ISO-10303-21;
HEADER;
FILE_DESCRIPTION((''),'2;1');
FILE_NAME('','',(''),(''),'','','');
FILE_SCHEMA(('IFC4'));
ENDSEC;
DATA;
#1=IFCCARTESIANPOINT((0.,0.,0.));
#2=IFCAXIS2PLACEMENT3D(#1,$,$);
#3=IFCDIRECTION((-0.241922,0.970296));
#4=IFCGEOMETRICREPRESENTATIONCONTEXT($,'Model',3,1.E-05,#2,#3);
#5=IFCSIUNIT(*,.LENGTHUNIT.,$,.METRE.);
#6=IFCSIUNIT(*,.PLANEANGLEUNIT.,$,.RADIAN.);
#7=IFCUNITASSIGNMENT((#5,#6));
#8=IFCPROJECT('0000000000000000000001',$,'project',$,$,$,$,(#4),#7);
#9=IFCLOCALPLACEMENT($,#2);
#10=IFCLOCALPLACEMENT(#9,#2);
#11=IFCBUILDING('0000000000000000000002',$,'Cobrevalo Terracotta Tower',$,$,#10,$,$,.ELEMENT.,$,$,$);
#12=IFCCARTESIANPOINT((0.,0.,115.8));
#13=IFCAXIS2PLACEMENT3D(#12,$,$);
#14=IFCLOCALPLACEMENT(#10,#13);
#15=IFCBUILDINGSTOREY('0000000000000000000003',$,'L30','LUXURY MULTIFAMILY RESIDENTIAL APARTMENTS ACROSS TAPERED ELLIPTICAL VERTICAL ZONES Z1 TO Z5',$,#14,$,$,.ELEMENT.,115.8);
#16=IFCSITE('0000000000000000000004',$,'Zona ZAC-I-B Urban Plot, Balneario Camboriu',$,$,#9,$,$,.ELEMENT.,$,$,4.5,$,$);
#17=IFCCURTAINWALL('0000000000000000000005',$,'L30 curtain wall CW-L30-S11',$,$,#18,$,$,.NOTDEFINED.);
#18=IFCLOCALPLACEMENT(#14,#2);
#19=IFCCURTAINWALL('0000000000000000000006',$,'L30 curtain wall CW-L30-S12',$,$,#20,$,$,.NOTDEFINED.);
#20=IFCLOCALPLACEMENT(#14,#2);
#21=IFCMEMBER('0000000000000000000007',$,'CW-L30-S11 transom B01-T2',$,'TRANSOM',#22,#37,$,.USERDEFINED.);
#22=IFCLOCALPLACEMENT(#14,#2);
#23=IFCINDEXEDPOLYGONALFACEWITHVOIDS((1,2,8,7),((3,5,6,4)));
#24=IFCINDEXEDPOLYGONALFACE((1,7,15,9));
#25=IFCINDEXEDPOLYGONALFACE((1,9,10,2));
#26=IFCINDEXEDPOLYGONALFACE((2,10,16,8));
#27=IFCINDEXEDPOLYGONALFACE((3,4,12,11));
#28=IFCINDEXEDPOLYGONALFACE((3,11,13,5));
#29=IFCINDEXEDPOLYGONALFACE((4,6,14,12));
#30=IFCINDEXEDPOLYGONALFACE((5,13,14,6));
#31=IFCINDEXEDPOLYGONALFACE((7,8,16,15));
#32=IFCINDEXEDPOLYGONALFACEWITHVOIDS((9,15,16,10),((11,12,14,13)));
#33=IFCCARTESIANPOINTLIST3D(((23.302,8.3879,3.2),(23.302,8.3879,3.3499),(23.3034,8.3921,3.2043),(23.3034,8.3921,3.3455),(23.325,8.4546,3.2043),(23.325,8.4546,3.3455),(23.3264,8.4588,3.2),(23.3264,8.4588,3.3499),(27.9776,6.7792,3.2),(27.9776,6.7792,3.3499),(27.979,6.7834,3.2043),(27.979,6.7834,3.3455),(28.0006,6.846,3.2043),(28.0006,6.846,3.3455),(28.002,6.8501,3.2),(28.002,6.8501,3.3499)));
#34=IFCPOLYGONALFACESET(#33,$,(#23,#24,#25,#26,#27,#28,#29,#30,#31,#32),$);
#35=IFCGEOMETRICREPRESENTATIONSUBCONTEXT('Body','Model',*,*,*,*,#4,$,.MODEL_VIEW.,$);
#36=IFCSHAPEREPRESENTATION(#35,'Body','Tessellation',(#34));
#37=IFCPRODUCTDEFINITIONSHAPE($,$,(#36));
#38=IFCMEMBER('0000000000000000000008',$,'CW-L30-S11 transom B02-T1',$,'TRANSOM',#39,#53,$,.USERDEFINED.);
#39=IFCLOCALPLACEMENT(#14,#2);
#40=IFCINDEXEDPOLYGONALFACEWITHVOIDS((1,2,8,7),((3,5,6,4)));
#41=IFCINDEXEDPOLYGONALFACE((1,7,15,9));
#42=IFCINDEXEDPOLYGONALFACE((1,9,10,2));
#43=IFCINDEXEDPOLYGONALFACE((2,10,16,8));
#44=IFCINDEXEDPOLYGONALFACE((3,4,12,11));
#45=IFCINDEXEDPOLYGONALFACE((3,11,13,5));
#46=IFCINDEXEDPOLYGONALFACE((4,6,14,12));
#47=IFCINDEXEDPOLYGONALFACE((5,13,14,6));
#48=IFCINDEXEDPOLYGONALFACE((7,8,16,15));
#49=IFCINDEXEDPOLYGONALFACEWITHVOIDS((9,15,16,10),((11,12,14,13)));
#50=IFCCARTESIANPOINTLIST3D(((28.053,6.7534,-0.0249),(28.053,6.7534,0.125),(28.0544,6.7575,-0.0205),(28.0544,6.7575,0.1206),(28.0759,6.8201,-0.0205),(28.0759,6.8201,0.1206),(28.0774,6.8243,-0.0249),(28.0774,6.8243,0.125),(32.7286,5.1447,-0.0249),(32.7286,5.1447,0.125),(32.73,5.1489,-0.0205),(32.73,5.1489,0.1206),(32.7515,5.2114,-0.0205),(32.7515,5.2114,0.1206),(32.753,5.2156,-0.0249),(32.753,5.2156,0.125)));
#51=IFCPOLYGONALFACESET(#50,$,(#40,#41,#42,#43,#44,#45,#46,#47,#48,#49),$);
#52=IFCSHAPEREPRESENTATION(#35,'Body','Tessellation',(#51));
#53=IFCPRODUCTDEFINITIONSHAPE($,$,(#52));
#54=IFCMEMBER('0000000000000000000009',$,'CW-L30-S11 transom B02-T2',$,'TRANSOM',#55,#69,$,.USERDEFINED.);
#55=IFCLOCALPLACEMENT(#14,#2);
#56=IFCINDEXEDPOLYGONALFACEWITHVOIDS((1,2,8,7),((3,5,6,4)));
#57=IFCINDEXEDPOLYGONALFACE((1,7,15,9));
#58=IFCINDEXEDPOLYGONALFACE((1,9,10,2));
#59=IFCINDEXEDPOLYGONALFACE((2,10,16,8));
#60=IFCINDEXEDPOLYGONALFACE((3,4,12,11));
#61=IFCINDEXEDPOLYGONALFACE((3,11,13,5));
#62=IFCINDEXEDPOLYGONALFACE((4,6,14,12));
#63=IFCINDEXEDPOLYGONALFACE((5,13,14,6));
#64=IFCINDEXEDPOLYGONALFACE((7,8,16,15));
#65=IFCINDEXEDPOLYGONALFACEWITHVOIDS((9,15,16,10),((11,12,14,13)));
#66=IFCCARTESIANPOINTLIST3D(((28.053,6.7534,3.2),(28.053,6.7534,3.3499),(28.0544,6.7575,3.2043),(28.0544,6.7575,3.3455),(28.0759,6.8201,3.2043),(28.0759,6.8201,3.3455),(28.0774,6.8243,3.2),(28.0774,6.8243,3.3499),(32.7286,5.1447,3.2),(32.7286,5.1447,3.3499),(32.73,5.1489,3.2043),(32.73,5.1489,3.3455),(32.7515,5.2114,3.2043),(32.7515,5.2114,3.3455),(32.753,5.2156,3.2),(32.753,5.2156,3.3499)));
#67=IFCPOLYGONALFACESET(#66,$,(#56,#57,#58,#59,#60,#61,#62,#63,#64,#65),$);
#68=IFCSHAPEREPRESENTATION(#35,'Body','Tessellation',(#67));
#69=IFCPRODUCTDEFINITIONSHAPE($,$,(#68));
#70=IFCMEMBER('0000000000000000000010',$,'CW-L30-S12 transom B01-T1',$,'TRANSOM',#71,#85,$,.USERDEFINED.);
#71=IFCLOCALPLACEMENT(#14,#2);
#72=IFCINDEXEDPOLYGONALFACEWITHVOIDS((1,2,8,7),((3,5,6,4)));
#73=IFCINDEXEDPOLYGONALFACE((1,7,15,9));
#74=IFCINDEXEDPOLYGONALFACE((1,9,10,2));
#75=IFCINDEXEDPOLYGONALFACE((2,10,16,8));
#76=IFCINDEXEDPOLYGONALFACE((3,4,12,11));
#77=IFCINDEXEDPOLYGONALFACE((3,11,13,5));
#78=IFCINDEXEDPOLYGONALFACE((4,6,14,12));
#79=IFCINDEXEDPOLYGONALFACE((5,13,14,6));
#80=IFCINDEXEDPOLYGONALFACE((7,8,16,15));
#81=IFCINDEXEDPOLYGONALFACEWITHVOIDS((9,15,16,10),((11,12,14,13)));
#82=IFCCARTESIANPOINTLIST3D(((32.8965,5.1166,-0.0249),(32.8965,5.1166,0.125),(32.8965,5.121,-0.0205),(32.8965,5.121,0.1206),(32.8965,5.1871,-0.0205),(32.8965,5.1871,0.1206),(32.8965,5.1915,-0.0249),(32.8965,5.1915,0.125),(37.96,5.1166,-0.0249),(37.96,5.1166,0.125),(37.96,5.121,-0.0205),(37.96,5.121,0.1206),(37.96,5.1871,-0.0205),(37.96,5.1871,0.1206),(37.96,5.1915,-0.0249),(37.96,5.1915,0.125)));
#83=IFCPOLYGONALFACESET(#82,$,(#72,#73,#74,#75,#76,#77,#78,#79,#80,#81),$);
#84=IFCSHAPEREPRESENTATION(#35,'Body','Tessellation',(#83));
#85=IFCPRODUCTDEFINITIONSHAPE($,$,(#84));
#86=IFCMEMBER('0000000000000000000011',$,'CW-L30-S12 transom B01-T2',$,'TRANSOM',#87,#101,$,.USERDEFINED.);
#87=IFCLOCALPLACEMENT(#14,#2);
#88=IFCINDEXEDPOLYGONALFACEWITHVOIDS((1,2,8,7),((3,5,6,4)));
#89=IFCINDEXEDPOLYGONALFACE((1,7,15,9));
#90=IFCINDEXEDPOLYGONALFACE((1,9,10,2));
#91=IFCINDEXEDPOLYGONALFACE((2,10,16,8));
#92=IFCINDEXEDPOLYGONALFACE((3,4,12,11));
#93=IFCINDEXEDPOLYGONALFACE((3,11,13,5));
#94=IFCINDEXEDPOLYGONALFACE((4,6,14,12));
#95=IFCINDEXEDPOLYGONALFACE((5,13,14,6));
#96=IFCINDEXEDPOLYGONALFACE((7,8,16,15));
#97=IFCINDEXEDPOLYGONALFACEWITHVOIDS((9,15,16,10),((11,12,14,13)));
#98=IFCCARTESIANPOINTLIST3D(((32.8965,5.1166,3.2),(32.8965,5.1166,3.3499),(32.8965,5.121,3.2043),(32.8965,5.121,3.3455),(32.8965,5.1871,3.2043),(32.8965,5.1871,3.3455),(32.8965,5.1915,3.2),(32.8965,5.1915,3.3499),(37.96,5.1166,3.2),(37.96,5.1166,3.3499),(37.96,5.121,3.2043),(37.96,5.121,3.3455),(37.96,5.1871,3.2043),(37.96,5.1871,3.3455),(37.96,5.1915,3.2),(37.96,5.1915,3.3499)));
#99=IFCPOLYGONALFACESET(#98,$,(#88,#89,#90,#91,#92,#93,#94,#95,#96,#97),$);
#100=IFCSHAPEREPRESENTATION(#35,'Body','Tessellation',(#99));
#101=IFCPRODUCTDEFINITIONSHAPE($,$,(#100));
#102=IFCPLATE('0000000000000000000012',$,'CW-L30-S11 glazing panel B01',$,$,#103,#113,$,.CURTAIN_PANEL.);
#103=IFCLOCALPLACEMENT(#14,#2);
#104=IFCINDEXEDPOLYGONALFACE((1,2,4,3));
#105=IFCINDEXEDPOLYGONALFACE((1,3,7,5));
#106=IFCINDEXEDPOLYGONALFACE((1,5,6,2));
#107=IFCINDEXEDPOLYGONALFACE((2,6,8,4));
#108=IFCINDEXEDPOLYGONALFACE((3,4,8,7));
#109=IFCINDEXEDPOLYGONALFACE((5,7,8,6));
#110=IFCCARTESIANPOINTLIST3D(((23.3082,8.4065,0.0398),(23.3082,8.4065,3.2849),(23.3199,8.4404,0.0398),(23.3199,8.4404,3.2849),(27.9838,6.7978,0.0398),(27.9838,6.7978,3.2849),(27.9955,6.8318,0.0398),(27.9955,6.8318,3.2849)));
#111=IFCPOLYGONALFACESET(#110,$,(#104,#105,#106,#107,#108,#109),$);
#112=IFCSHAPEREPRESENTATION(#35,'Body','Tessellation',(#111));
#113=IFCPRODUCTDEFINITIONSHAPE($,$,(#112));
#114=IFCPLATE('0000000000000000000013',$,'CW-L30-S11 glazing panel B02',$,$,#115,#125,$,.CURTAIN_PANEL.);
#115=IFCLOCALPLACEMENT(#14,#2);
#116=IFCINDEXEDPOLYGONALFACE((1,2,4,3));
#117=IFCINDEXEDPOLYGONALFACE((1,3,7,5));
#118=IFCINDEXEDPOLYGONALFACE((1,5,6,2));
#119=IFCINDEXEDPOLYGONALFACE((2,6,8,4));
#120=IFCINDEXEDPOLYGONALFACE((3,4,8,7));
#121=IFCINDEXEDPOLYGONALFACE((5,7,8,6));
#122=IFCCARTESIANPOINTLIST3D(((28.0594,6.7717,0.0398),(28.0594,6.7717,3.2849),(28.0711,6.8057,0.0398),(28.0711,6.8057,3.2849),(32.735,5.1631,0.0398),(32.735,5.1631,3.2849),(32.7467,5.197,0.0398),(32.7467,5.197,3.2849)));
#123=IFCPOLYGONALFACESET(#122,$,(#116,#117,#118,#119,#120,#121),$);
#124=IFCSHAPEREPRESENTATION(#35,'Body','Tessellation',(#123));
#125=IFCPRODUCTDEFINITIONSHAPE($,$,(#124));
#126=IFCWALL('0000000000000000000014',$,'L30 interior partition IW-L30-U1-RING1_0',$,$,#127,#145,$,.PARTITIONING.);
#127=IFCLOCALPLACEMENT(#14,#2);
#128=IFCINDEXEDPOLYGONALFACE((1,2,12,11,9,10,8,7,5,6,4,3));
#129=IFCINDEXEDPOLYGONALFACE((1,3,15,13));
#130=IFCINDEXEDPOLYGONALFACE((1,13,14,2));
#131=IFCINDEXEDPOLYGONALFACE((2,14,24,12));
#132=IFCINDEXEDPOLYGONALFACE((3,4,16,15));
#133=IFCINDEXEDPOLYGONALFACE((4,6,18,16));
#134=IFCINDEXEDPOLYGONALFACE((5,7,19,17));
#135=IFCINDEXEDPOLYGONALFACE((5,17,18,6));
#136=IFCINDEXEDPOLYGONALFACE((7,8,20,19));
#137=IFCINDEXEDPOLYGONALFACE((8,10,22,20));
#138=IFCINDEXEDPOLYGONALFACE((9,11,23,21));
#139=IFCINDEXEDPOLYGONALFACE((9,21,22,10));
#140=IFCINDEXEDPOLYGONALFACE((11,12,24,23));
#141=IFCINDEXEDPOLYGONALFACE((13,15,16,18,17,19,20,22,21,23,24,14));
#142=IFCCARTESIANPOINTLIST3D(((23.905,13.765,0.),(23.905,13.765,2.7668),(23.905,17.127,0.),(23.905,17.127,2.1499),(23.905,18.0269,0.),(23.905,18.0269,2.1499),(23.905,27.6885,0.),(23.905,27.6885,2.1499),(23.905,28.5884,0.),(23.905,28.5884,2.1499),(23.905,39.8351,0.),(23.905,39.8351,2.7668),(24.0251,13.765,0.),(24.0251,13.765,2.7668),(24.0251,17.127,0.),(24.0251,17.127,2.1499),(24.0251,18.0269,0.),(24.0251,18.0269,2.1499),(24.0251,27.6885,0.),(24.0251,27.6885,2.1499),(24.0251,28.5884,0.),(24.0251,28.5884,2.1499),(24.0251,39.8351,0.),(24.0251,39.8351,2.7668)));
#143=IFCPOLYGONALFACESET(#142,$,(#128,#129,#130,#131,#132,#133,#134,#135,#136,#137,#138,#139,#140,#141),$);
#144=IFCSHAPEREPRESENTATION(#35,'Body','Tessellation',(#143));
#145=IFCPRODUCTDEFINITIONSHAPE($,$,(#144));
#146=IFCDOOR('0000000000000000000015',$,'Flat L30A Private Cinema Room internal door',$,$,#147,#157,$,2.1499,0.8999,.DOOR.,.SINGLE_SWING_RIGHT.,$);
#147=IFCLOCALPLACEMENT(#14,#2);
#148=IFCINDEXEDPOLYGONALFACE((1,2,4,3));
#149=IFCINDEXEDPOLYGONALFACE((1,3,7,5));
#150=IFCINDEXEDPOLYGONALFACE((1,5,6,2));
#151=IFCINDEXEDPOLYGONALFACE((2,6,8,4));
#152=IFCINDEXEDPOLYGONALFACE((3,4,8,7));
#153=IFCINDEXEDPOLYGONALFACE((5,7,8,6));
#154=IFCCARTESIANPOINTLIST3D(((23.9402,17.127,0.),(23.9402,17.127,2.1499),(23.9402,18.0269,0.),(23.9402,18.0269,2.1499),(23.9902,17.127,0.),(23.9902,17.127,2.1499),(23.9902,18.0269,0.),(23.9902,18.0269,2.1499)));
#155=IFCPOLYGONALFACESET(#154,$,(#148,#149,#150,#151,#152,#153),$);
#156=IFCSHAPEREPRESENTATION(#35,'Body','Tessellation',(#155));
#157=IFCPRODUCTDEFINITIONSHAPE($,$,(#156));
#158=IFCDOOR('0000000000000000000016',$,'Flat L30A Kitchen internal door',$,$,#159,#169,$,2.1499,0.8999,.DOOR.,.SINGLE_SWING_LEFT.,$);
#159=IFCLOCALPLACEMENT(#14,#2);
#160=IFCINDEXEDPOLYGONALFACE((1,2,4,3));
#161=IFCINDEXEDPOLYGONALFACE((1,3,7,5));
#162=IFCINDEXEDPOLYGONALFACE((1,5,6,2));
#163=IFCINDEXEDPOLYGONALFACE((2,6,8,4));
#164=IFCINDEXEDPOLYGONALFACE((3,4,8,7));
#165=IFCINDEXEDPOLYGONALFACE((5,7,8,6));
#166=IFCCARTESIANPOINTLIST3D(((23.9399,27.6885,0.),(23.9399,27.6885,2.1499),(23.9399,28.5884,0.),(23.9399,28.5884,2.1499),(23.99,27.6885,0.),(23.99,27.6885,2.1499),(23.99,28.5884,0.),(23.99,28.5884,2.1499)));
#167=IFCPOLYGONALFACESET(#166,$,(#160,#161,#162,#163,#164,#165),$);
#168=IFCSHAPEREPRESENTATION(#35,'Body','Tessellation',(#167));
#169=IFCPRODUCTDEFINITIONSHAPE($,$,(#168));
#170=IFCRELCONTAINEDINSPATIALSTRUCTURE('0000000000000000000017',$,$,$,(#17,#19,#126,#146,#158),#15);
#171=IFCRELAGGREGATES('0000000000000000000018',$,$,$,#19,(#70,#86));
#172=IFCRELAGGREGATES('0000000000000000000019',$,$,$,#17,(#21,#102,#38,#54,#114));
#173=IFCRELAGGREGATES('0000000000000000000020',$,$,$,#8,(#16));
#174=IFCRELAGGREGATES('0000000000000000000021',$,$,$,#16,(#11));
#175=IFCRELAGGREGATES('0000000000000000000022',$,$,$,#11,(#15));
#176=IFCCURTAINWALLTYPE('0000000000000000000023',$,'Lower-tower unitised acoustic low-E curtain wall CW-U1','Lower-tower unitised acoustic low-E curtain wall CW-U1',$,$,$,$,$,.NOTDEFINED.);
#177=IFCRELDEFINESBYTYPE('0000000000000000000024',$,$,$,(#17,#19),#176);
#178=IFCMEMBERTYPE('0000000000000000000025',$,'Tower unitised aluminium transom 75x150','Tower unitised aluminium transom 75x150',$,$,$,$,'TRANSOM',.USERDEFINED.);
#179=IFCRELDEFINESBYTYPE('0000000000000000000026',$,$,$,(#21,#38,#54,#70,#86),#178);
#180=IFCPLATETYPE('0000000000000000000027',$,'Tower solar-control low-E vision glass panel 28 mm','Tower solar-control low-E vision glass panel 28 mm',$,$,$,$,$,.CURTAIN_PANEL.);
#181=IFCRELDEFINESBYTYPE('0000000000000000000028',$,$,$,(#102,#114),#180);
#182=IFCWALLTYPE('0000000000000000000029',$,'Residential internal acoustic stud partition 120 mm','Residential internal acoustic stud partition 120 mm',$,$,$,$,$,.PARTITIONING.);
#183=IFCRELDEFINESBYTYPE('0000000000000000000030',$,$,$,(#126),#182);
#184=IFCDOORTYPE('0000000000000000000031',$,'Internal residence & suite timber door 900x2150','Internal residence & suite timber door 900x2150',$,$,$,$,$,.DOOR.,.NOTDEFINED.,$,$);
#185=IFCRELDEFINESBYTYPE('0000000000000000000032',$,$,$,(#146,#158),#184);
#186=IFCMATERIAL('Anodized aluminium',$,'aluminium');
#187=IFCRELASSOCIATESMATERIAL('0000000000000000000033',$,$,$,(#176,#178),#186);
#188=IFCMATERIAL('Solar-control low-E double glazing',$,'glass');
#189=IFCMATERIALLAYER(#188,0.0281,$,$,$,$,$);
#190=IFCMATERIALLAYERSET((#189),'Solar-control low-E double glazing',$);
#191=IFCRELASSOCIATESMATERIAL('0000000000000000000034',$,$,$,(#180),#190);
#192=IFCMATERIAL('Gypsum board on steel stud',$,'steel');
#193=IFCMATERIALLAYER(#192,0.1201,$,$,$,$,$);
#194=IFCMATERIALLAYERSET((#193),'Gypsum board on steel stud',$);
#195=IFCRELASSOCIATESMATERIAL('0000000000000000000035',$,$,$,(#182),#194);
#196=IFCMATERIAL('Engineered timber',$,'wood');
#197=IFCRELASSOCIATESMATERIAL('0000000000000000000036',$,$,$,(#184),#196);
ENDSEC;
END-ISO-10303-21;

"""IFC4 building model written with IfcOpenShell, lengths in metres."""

from ifc_helpers import new_model, si_unit, direction, frame, frame_2d, origin, origin_2d, place, context, subcontext, project, spatial, rectangle, hollow_rectangle, extrude, source, transform, mapped, material, layer, layer_set, material_profile, profile_set, type_object, element, fill, aggregate, save


model = new_model("IFC4")

# Units and contexts
model_context = context("Model", 3, precision=1e-05, world=origin(), true_north=direction((-0.241922, 0.970296)))
body_context = subcontext(model_context, "Body", "Model", "MODEL_VIEW")
ifc_project = project(units=[si_unit("LENGTHUNIT", "METRE"), si_unit("PLANEANGLEUNIT", "RADIAN")], contexts=[model_context])

# Site, building, storey
site_placement = place(None, origin())
site = spatial("IfcSite", under=ifc_project, at=site_placement, Name="Zona ZAC-I-B Urban Plot, Balneario Camboriu", CompositionType="ELEMENT", RefElevation=4.5)
building_placement = place(site_placement, origin())
building = spatial("IfcBuilding", under=site, at=building_placement, Name="Cobrevalo Terracotta Tower", CompositionType="ELEMENT")
storey_placement = place(building_placement, frame((0.0, 0.0, 115.8)))
storey = spatial("IfcBuildingStorey", under=building, at=storey_placement, Name="L30", Description="LUXURY MULTIFAMILY RESIDENTIAL APARTMENTS ACROSS TAPERED ELLIPTICAL VERTICAL ZONES Z1 TO Z5", CompositionType="ELEMENT", Elevation=115.8)

# Curtain wall
ifc_material_1 = material(Name="Anodized aluminium", Category="aluminium")
curtain_wall_type = type_object("IfcCurtainWallType", Name="Lower-tower unitised acoustic low-E curtain wall CW-U1", Description="Lower-tower unitised acoustic low-E curtain wall CW-U1", PredefinedType="NOTDEFINED", material=ifc_material_1)
curtain_wall_1_placement = place(storey_placement, origin())
curtain_wall_1 = element("IfcCurtainWall", 1, at=curtain_wall_1_placement, inside=storey, type_object=curtain_wall_type, Name="L30 curtain wall CW-L30-S11", PredefinedType="NOTDEFINED")

# Curtain wall
curtain_wall_2_placement = place(storey_placement, origin())
curtain_wall_2 = element("IfcCurtainWall", 2, at=curtain_wall_2_placement, inside=storey, type_object=curtain_wall_type, Name="L30 curtain wall CW-L30-S12", PredefinedType="NOTDEFINED")

# Members
ifc_material_profile_1 = material_profile(ifc_material_1, hollow_rectangle(XDim=0.075, YDim=0.1499, WallThickness=0.0044, at=origin_2d()), Name="CWT 75x150")
ifc_profile_set_1 = profile_set([ifc_material_profile_1], Name="Anodized aluminium")
member_type_1 = type_object("IfcMemberType", Name="Tower unitised aluminium transom 75x150", Description="Tower unitised aluminium transom 75x150", ElementType="TRANSOM", PredefinedType="USERDEFINED", material=ifc_profile_set_1)
shared_shape_1 = source(origin(), body_context, "Body", "SweptSolid", [
    extrude(hollow_rectangle(XDim=0.075, YDim=0.1499, WallThickness=0.0044, at=origin_2d()), origin(), (0.0, 0.0, 1.0), 4.9446),
])
member_1_placement = place(storey_placement, frame((23.3142, 8.4233, 3.2749), z_axis=(0.945598, -0.325338, 0.0), x_axis=(0.325338, 0.945598, 0.0)))
member_1 = element("IfcMember", 3, at=member_1_placement, type_object=member_type_1, Name="CW-L30-S11 transom B01-T2", ObjectType="TRANSOM", PredefinedType="USERDEFINED", context=body_context, shape_type="MappedRepresentation", body=[
    mapped(shared_shape_1, transform((0.0, 0.0, 0.0), scale=1.0)),
])
member_2_placement = place(storey_placement, frame((28.0652, 6.7888, 0.05), z_axis=(0.945598, -0.325338, 0.0), x_axis=(0.325338, 0.945598, 0.0)))
member_2 = element("IfcMember", 4, at=member_2_placement, type_object=member_type_1, Name="CW-L30-S11 transom B02-T1", ObjectType="TRANSOM", PredefinedType="USERDEFINED", context=body_context, shape_type="MappedRepresentation", body=[
    mapped(shared_shape_1, transform((0.0, 0.0, 0.0), scale=1.0)),
])
member_3_placement = place(storey_placement, frame((28.0652, 6.7888, 3.2749), z_axis=(0.945598, -0.325338, 0.0), x_axis=(0.325338, 0.945598, 0.0)))
member_3 = element("IfcMember", 5, at=member_3_placement, type_object=member_type_1, Name="CW-L30-S11 transom B02-T2", ObjectType="TRANSOM", PredefinedType="USERDEFINED", context=body_context, shape_type="MappedRepresentation", body=[
    mapped(shared_shape_1, transform((0.0, 0.0, 0.0), scale=1.0)),
])
shared_shape_2 = source(origin(), body_context, "Body", "SweptSolid", [
    extrude(hollow_rectangle(XDim=0.075, YDim=0.1499, WallThickness=0.0044, at=origin_2d()), origin(), (0.0, 0.0, 1.0), 5.0635),
])
member_4_placement = place(storey_placement, frame((32.8965, 5.1541, 0.05), z_axis=(1.0, 0.0, 0.0), x_axis=(0.0, 1.0, 0.0)))
member_4 = element("IfcMember", 6, at=member_4_placement, type_object=member_type_1, Name="CW-L30-S12 transom B01-T1", ObjectType="TRANSOM", PredefinedType="USERDEFINED", context=body_context, shape_type="MappedRepresentation", body=[
    mapped(shared_shape_2, transform((0.0, 0.0, 0.0), scale=1.0)),
])
member_5_placement = place(storey_placement, frame((32.8965, 5.1541, 3.2749), z_axis=(1.0, 0.0, 0.0), x_axis=(0.0, 1.0, 0.0)))
member_5 = element("IfcMember", 7, at=member_5_placement, type_object=member_type_1, Name="CW-L30-S12 transom B01-T2", ObjectType="TRANSOM", PredefinedType="USERDEFINED", context=body_context, shape_type="MappedRepresentation", body=[
    mapped(shared_shape_2, transform((0.0, 0.0, 0.0), scale=1.0)),
])
aggregate(curtain_wall_2, [member_4, member_5])

# Plates
ifc_material_2 = material(Name="Solar-control low-E double glazing", Category="glass")
ifc_layer_1 = layer(ifc_material_2, 0.0281)
ifc_layer_set_1 = layer_set([ifc_layer_1], Name="Solar-control low-E double glazing")
plate_type = type_object("IfcPlateType", Name="Tower solar-control low-E vision glass panel 28 mm", Description="Tower solar-control low-E vision glass panel 28 mm", PredefinedType="CURTAIN_PANEL", material=ifc_layer_set_1)
shared_shape_3 = source(origin(), body_context, "Body", "SweptSolid", [
    extrude(rectangle(XDim=4.9446, YDim=0.0359, at=origin_2d()), origin(), (0.0, 0.0, 1.0), 3.2451),
])
plate_1_placement = place(storey_placement, frame((25.6519, 7.6191, 0.0398), z_axis=(0.0, 0.0, 1.0), x_axis=(0.945596, -0.325342, 0.0)))
plate_1 = element("IfcPlate", 8, at=plate_1_placement, type_object=plate_type, Name="CW-L30-S11 glazing panel B01", PredefinedType="CURTAIN_PANEL", context=body_context, shape_type="MappedRepresentation", body=[
    mapped(shared_shape_3, transform((0.0, 0.0, 0.0), scale=1.0)),
])
plate_2_placement = place(storey_placement, frame((30.4031, 5.9844, 0.0398), z_axis=(0.0, 0.0, 1.0), x_axis=(0.945596, -0.325342, 0.0)))
plate_2 = element("IfcPlate", 9, at=plate_2_placement, type_object=plate_type, Name="CW-L30-S11 glazing panel B02", PredefinedType="CURTAIN_PANEL", context=body_context, shape_type="MappedRepresentation", body=[
    mapped(shared_shape_3, transform((0.0, 0.0, 0.0), scale=1.0)),
])
aggregate(curtain_wall_1, [member_1, plate_1, member_2, member_3, plate_2])

# Wall, openings, doors
ifc_material_3 = material(Name="Gypsum board on steel stud", Category="steel")
ifc_layer_2 = layer(ifc_material_3, 0.1201)
ifc_layer_set_2 = layer_set([ifc_layer_2], Name="Gypsum board on steel stud")
wall_type = type_object("IfcWallType", Name="Residential internal acoustic stud partition 120 mm", Description="Residential internal acoustic stud partition 120 mm", PredefinedType="PARTITIONING", material=ifc_layer_set_2)
wall_placement = place(storey_placement, frame((23.9651, 13.7649, 0.0), z_axis=(0.0, 0.0, 1.0), x_axis=(0.0, 1.0, 0.0)))
wall = element("IfcWall", 10, at=wall_placement, inside=storey, type_object=wall_type, Name="L30 interior partition IW-L30-U1-RING1_0", PredefinedType="PARTITIONING", context=body_context, shape_type="SweptSolid", body=[
    extrude(rectangle(XDim=26.0701, YDim=0.1201, at=frame_2d((13.0352, 0.0))), origin(), (0.0, 0.0, 1.0), 2.7668),
])
opening_1_placement = place(wall_placement, frame((3.3621, 0.0, 0.0)))
opening_1 = element("IfcOpeningElement", 11, at=opening_1_placement, cuts=wall, PredefinedType="OPENING", context=body_context, shape_type="SweptSolid", body=[
    extrude(rectangle(XDim=0.8999, YDim=2.1499, at=frame_2d((0.45, 1.075))), frame((0.0, 0.0701, 0.0), z_axis=(0.0, -1.0, 0.0), x_axis=(1.0, 0.0, 0.0)), (0.0, 0.0, 1.0), 0.1401),
])
opening_2_placement = place(wall_placement, frame((13.9236, 0.0, 0.0)))
opening_2 = element("IfcOpeningElement", 12, at=opening_2_placement, cuts=wall, PredefinedType="OPENING", context=body_context, shape_type="SweptSolid", body=[
    extrude(rectangle(XDim=0.8999, YDim=2.1499, at=frame_2d((0.45, 1.075))), frame((0.0, 0.0701, 0.0), z_axis=(0.0, -1.0, 0.0), x_axis=(1.0, 0.0, 0.0)), (0.0, 0.0, 1.0), 0.1401),
])
ifc_material_4 = material(Name="Engineered timber", Category="wood")
door_type = type_object("IfcDoorType", Name="Internal residence & suite timber door 900x2150", Description="Internal residence & suite timber door 900x2150", OperationType="NOTDEFINED", PredefinedType="DOOR", material=ifc_material_4)
shared_shape_4 = source(origin(), body_context, "Body", "SweptSolid", [
    extrude(rectangle(XDim=0.8999, YDim=2.1499, at=frame_2d((0.45, 1.075))), frame((0.0, 0.0249, 0.0), z_axis=(0.0, -1.0, 0.0), x_axis=(1.0, 0.0, 0.0)), (0.0, 0.0, 1.0), 0.05),
])
door_1_placement = place(opening_1_placement, origin())
door_1 = element("IfcDoor", 13, at=door_1_placement, inside=storey, type_object=door_type, Name="Flat L30A Private Cinema Room internal door", OperationType="SINGLE_SWING_RIGHT", OverallHeight=2.1499, OverallWidth=0.8999, PredefinedType="DOOR", context=body_context, shape_type="MappedRepresentation", body=[
    mapped(shared_shape_4, transform((0.0, 0.0, 0.0), scale=1.0)),
])
fill(opening_1, door_1)
door_2_placement = place(opening_2_placement, frame((0.8999, 0.0, 0.0), z_axis=(0.0, 0.0, 1.0), x_axis=(-1.0, 0.0, 0.0)))
door_2 = element("IfcDoor", 14, at=door_2_placement, inside=storey, type_object=door_type, Name="Flat L30A Kitchen internal door", OperationType="SINGLE_SWING_LEFT", OverallHeight=2.1499, OverallWidth=0.8999, PredefinedType="DOOR", context=body_context, shape_type="MappedRepresentation", body=[
    mapped(shared_shape_4, transform((0.0, 0.0, 0.0), scale=1.0)),
])
fill(opening_2, door_2)

save(model, "model.ifc")
